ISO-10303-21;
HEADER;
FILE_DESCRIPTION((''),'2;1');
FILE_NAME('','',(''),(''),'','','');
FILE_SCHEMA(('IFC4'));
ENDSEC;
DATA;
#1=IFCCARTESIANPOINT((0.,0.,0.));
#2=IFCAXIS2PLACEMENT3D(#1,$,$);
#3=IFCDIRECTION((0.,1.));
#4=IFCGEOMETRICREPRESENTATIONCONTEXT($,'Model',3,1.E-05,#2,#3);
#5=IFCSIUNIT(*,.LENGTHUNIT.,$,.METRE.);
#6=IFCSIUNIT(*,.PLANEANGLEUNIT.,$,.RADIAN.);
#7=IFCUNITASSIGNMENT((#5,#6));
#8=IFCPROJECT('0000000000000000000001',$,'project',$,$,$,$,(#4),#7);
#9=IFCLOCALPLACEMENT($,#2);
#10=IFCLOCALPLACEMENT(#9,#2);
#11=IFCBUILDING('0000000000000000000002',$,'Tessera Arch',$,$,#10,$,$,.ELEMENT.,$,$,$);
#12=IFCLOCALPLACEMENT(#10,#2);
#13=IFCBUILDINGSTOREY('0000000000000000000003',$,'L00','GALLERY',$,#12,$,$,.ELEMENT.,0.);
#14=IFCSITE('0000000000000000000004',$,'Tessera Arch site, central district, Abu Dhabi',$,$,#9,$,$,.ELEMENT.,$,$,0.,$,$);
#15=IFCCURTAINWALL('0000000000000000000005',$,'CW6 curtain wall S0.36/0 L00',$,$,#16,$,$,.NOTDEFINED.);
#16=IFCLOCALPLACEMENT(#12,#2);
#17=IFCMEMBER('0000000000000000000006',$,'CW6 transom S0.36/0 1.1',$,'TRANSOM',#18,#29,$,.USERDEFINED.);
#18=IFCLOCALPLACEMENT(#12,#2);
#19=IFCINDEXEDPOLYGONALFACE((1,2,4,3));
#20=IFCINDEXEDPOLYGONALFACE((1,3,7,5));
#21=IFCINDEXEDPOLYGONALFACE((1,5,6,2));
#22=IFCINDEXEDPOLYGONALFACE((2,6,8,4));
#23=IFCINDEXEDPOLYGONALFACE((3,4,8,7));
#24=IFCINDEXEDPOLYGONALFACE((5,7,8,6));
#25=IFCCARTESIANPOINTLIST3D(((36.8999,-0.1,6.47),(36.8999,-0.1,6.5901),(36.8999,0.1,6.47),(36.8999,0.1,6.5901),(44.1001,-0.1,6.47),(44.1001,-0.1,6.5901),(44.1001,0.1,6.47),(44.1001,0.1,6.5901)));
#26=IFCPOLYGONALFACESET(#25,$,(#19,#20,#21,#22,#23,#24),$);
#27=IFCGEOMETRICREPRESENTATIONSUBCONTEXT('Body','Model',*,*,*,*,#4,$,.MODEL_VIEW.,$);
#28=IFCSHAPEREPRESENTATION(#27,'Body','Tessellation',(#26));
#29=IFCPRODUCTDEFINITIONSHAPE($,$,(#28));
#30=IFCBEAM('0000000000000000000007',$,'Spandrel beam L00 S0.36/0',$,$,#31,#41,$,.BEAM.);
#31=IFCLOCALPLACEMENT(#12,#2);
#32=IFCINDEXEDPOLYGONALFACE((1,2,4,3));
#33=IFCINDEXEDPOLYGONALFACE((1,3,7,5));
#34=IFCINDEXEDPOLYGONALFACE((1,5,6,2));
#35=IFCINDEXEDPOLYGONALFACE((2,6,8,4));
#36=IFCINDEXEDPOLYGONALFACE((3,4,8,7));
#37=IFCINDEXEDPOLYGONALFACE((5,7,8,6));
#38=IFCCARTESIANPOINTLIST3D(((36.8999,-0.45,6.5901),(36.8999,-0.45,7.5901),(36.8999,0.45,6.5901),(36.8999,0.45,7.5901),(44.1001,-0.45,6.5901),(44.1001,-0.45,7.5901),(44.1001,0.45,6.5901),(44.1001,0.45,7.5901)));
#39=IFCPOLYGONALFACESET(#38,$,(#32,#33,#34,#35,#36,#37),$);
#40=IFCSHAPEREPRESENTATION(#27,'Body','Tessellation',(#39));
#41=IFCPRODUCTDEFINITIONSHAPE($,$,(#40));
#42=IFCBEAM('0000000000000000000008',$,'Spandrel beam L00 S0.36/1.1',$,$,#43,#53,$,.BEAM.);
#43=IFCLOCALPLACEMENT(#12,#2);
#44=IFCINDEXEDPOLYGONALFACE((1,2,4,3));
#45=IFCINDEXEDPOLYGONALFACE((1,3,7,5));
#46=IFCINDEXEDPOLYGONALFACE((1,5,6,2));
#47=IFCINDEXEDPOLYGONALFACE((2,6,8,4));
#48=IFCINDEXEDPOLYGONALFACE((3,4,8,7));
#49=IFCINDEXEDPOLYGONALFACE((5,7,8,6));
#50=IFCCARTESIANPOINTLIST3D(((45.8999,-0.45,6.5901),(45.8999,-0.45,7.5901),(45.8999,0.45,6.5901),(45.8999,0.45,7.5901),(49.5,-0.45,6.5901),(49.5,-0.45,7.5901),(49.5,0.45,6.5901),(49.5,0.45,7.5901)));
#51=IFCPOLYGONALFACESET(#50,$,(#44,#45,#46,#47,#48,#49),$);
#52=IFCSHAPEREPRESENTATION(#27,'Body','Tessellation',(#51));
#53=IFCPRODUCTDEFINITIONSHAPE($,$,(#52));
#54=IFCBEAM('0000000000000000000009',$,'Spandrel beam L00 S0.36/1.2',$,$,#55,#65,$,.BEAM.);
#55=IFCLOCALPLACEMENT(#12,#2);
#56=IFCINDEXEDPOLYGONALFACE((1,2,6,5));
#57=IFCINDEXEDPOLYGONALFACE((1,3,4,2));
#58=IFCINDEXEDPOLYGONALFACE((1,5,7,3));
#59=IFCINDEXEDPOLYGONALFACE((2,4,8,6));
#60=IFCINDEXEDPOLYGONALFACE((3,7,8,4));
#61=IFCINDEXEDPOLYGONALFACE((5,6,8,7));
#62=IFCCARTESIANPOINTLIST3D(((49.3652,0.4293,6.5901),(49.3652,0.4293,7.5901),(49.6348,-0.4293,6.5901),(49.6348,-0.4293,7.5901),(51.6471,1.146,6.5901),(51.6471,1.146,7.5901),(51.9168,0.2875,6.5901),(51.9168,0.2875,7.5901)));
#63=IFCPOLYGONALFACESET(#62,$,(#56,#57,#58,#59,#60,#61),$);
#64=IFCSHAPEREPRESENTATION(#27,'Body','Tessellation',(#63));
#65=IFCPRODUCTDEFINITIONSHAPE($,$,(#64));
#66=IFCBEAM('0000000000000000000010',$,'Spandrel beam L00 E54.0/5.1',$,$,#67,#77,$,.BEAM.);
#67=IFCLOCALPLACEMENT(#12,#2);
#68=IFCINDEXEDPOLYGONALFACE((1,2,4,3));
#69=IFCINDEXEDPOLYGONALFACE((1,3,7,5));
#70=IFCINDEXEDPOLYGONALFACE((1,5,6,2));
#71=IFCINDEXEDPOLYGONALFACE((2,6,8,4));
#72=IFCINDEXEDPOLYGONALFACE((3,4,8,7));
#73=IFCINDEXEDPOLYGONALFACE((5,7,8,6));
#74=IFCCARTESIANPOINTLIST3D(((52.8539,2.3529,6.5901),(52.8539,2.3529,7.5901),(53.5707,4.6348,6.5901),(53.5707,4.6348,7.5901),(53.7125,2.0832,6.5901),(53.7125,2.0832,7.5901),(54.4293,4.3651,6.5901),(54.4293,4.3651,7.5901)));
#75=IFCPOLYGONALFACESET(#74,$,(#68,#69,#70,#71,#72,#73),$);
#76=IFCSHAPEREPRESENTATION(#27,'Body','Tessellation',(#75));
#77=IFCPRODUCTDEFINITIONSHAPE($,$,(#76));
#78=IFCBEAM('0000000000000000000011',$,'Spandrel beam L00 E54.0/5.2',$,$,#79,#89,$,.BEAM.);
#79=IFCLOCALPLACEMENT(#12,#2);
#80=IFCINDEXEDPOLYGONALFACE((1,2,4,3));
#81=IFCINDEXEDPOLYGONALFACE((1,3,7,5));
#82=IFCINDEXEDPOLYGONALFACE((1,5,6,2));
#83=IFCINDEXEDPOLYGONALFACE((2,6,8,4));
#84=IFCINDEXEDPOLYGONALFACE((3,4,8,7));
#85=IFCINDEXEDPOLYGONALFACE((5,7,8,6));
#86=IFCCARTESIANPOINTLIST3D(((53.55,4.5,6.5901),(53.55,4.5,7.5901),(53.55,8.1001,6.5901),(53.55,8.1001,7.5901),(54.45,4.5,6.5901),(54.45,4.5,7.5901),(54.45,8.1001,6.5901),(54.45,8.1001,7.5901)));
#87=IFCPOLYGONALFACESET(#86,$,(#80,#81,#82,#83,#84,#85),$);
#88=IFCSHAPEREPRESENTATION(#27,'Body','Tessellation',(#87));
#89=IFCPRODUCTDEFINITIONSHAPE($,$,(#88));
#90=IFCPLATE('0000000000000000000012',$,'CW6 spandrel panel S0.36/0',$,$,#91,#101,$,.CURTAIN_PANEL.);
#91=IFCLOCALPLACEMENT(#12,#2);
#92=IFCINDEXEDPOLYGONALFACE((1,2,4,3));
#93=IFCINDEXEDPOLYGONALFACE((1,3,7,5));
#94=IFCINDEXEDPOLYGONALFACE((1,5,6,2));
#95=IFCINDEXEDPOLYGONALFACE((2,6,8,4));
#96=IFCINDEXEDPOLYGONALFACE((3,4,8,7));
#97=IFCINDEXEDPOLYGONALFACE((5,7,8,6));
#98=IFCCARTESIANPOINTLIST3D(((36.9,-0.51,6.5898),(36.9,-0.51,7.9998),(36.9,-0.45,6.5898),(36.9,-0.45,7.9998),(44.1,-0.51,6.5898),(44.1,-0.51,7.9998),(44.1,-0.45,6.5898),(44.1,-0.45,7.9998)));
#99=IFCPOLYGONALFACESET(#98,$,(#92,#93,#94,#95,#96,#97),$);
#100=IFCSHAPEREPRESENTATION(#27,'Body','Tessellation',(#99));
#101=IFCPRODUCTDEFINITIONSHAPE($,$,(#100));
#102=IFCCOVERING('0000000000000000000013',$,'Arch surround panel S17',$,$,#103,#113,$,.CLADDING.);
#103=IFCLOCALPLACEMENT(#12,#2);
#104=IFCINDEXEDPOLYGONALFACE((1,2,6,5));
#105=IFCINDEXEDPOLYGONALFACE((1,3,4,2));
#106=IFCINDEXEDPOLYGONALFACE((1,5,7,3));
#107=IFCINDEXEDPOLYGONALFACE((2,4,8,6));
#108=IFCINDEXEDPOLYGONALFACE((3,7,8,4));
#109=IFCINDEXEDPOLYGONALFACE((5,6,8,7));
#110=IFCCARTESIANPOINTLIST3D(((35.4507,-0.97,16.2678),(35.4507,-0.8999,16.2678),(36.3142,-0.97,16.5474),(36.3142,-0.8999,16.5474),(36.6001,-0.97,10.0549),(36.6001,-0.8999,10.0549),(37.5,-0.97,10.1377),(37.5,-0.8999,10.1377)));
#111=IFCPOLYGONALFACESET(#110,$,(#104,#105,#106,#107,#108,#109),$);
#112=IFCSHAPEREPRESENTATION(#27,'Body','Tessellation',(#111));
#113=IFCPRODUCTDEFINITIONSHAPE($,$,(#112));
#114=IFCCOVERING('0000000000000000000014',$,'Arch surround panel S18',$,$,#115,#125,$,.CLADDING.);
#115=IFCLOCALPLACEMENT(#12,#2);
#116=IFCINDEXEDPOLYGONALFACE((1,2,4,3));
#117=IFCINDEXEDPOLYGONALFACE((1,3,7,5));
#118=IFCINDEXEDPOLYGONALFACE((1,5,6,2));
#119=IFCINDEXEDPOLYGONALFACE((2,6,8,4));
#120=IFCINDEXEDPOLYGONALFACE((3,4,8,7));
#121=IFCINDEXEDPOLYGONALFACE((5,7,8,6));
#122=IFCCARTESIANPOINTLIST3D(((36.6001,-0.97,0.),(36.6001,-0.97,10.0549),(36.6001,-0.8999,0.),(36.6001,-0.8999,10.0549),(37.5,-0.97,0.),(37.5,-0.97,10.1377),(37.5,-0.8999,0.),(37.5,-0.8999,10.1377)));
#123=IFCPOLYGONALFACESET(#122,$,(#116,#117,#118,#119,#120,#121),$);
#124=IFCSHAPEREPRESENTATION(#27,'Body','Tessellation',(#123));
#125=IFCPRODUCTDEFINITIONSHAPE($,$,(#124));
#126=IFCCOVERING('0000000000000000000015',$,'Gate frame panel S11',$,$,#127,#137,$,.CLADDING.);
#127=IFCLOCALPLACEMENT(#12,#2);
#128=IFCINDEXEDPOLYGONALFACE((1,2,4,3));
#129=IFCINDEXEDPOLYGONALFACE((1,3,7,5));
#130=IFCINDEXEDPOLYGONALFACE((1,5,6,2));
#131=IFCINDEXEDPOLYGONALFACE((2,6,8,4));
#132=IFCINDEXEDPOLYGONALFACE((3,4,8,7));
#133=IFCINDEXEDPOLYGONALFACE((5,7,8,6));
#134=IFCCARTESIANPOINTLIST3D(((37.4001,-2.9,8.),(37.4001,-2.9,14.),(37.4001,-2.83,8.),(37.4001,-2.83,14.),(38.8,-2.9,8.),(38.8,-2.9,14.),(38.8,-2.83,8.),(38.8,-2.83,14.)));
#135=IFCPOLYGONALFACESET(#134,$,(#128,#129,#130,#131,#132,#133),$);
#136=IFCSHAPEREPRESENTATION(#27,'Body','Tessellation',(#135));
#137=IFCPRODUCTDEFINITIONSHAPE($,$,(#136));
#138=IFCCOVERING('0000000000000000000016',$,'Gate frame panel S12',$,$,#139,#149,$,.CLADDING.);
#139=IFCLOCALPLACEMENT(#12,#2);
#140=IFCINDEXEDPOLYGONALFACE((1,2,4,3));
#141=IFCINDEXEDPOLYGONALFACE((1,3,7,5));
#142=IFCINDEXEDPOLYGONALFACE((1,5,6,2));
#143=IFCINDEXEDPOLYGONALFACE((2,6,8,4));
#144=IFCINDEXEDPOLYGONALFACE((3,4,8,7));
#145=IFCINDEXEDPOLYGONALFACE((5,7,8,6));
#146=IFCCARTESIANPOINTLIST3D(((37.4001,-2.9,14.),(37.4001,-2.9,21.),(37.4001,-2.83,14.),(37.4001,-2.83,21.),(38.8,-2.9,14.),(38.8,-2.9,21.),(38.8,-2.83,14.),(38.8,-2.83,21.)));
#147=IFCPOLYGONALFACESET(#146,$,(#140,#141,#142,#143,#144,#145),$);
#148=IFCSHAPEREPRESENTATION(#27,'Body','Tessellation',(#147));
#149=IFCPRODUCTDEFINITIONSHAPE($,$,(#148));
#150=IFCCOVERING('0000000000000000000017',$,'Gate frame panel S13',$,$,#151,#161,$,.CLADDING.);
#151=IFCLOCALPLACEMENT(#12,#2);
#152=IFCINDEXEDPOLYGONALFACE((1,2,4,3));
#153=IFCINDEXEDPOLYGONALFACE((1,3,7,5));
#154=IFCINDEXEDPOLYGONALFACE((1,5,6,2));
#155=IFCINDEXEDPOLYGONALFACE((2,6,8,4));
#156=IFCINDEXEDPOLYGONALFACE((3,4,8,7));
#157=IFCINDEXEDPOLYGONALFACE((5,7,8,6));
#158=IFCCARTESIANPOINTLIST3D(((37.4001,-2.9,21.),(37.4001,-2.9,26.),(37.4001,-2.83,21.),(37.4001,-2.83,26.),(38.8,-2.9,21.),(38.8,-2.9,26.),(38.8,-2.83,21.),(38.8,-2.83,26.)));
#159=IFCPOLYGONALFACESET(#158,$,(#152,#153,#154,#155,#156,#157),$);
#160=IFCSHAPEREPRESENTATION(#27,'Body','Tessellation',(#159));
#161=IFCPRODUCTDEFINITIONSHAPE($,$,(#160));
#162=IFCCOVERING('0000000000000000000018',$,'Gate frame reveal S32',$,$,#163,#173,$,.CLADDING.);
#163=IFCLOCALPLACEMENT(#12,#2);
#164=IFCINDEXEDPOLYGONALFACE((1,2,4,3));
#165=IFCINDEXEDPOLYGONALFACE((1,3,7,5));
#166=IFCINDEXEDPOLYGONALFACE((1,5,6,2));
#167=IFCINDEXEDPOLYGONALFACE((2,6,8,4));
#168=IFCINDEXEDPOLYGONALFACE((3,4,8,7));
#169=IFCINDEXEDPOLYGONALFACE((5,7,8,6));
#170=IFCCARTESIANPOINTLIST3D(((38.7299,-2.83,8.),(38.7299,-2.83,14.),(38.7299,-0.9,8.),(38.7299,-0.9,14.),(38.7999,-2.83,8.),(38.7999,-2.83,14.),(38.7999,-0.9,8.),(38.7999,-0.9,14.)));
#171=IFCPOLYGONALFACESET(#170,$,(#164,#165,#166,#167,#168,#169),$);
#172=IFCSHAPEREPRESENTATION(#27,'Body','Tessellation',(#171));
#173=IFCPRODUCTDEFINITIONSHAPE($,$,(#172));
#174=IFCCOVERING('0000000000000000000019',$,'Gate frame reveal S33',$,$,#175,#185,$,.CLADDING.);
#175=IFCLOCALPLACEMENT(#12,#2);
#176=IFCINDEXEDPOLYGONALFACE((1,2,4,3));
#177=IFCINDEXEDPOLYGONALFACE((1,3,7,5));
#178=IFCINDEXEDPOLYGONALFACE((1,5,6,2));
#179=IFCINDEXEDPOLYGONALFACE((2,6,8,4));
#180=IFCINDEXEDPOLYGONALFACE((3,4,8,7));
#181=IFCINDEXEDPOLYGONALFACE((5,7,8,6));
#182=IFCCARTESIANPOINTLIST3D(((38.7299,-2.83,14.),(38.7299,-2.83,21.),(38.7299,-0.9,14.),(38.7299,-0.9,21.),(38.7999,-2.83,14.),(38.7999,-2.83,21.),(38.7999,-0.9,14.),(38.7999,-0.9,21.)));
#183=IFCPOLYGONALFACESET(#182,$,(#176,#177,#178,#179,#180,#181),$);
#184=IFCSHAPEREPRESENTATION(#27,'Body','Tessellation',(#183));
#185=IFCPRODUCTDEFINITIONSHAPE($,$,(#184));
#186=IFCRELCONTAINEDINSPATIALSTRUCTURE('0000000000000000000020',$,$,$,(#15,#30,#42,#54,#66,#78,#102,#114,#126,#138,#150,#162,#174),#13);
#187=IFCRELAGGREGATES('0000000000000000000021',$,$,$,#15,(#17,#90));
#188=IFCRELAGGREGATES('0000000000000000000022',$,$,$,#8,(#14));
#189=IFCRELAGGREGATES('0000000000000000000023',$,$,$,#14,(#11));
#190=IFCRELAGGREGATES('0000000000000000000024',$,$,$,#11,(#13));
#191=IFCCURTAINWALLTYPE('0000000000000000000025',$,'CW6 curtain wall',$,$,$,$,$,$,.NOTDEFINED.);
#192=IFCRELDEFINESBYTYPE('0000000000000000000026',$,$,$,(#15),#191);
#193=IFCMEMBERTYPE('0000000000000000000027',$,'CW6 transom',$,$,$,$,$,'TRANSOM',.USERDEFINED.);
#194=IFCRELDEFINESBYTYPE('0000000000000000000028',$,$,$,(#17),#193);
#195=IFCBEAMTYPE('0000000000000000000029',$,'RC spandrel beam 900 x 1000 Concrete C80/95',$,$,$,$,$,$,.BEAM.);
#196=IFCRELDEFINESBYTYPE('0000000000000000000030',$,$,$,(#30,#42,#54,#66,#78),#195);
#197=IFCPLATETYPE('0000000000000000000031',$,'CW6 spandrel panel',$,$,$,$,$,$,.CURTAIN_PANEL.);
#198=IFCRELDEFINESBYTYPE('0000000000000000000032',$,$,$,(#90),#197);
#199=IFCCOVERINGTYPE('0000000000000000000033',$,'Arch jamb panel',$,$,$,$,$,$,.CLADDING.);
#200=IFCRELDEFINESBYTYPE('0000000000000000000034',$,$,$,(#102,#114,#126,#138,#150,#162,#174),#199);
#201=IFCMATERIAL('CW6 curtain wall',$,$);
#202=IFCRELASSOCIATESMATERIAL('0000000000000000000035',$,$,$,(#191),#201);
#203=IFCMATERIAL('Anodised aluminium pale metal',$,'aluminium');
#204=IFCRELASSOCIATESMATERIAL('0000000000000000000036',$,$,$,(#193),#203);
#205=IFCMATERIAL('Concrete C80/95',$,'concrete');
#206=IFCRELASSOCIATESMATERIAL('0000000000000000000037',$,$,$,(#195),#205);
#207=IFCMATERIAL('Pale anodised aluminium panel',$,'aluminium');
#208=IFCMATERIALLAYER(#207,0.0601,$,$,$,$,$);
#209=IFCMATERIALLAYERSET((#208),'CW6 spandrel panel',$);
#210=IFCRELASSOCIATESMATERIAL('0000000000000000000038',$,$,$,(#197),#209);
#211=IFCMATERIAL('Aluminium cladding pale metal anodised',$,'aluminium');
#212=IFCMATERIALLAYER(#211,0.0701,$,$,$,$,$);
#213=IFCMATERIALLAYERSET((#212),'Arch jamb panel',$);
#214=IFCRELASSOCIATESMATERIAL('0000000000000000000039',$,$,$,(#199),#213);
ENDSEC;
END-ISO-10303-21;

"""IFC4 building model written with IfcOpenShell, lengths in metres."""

from ifc_helpers import new_model, si_unit, direction, frame, origin, origin_2d, place, context, subcontext, project, spatial, polyline, rectangle, outline, extrude, material, layer, layer_set, material_profile, profile_set, type_object, element, aggregate, save


model = new_model("IFC4")

# Units and contexts
model_context = context("Model", 3, precision=1e-05, world=origin(), true_north=direction((0.0, 1.0)))
body_context = subcontext(model_context, "Body", "Model", "MODEL_VIEW")
ifc_project = project(units=[si_unit("LENGTHUNIT", "METRE"), si_unit("PLANEANGLEUNIT", "RADIAN")], contexts=[model_context])

# Site, building, storey
site_placement = place(None, origin())
site = spatial("IfcSite", under=ifc_project, at=site_placement, Name="Tessera Arch site, central district, Abu Dhabi", CompositionType="ELEMENT", RefElevation=0.0)
building_placement = place(site_placement, origin())
building = spatial("IfcBuilding", under=site, at=building_placement, Name="Tessera Arch", CompositionType="ELEMENT")
storey_placement = place(building_placement, origin())
storey = spatial("IfcBuildingStorey", under=building, at=storey_placement, Name="L00", Description="GALLERY", CompositionType="ELEMENT", Elevation=0.0)

# Curtain wall, member
ifc_material_1 = material(Name="CW6 curtain wall")
curtain_wall_type = type_object("IfcCurtainWallType", Name="CW6 curtain wall", PredefinedType="NOTDEFINED", material=ifc_material_1)
curtain_wall_placement = place(storey_placement, origin())
curtain_wall = element("IfcCurtainWall", 1, at=curtain_wall_placement, inside=storey, type_object=curtain_wall_type, Name="CW6 curtain wall S0.36/0 L00", PredefinedType="NOTDEFINED")
ifc_material_2 = material(Name="Anodised aluminium pale metal", Category="aluminium")
ifc_material_profile_1 = material_profile(ifc_material_2, rectangle(XDim=0.2, YDim=0.1201, at=origin_2d()), Name="AL 200x120")
ifc_profile_set_1 = profile_set([ifc_material_profile_1], Name="Anodised aluminium pale metal")
member_type = type_object("IfcMemberType", Name="CW6 transom", ElementType="TRANSOM", PredefinedType="USERDEFINED", material=ifc_profile_set_1)
member_placement = place(storey_placement, frame((36.8999, 0.0, 6.53), z_axis=(1.0, 0.0, 0.0), x_axis=(0.0, 1.0, 0.0)))
member = element("IfcMember", 2, at=member_placement, type_object=member_type, Name="CW6 transom S0.36/0 1.1", ObjectType="TRANSOM", PredefinedType="USERDEFINED", context=body_context, shape_type="SweptSolid", body=[
    extrude(rectangle(XDim=0.2, YDim=0.1201, at=origin_2d()), origin(), (0.0, 0.0, 1.0), 7.2002),
])

# Beams
ifc_material_3 = material(Name="Concrete C80/95", Category="concrete")
ifc_material_profile_2 = material_profile(ifc_material_3, rectangle(XDim=0.8999, YDim=1.0, at=origin_2d()), Name="RC spandrel beam 900 x 1000 Concrete C80/95")
ifc_profile_set_2 = profile_set([ifc_material_profile_2], Name="Concrete C80/95")
beam_type = type_object("IfcBeamType", Name="RC spandrel beam 900 x 1000 Concrete C80/95", PredefinedType="BEAM", material=ifc_profile_set_2)
beam_1_placement = place(storey_placement, frame((36.8999, 0.0, 7.0901), z_axis=(1.0, 0.0, 0.0), x_axis=(0.0, 1.0, 0.0)))
element("IfcBeam", 3, at=beam_1_placement, inside=storey, type_object=beam_type, Name="Spandrel beam L00 S0.36/0", PredefinedType="BEAM", context=body_context, shape_type="SweptSolid", body=[
    extrude(rectangle(XDim=0.8999, YDim=1.0, at=origin_2d()), origin(), (0.0, 0.0, 1.0), 7.2002),
])
beam_2_placement = place(storey_placement, frame((45.8999, 0.0, 7.0901), z_axis=(1.0, 0.0, 0.0), x_axis=(0.0, 1.0, 0.0)))
element("IfcBeam", 4, at=beam_2_placement, inside=storey, type_object=beam_type, Name="Spandrel beam L00 S0.36/1.1", PredefinedType="BEAM", context=body_context, shape_type="SweptSolid", body=[
    extrude(rectangle(XDim=0.8999, YDim=1.0, at=origin_2d()), origin(), (0.0, 0.0, 1.0), 3.6001),
])
for number, where, z_axis, x_axis, name in (
    (5, (49.5, 0.0, 7.0901), (0.954041, 0.299675, 0.0), (-0.299675, 0.954041, 0.0), "Spandrel beam L00 S0.36/1.2"),
    (6, (53.2832, 2.218, 7.0901), (0.299675, 0.954041, 0.0), (-0.954041, 0.299675, 0.0), "Spandrel beam L00 E54.0/5.1"),
):
    element("IfcBeam", number, at=place(storey_placement, frame(where, z_axis=z_axis, x_axis=x_axis)), inside=storey, type_object=beam_type, Name=name, PredefinedType="BEAM", context=body_context, shape_type="SweptSolid", body=[
        extrude(rectangle(XDim=0.8999, YDim=1.0, at=origin_2d()), origin(), (0.0, 0.0, 1.0), 2.3918),
    ])
beam_3_placement = place(storey_placement, frame((54.0, 4.5, 7.0901), z_axis=(0.0, 1.0, 0.0), x_axis=(-1.0, 0.0, 0.0)))
element("IfcBeam", 7, at=beam_3_placement, inside=storey, type_object=beam_type, Name="Spandrel beam L00 E54.0/5.2", PredefinedType="BEAM", context=body_context, shape_type="SweptSolid", body=[
    extrude(rectangle(XDim=0.8999, YDim=1.0, at=origin_2d()), origin(), (0.0, 0.0, 1.0), 3.6001),
])

# Plate
ifc_material_4 = material(Name="Pale anodised aluminium panel", Category="aluminium")
ifc_layer_1 = layer(ifc_material_4, 0.0601)
ifc_layer_set_1 = layer_set([ifc_layer_1], Name="CW6 spandrel panel")
plate_type = type_object("IfcPlateType", Name="CW6 spandrel panel", PredefinedType="CURTAIN_PANEL", material=ifc_layer_set_1)
plate_placement = place(storey_placement, frame((40.5, -0.48, 6.5898), z_axis=(0.0, 0.0, 1.0), x_axis=(1.0, 0.0, 0.0)))
plate = element("IfcPlate", 8, at=plate_placement, type_object=plate_type, Name="CW6 spandrel panel S0.36/0", PredefinedType="CURTAIN_PANEL", context=body_context, shape_type="SweptSolid", body=[
    extrude(rectangle(XDim=7.2, YDim=0.0601, at=origin_2d()), origin(), (0.0, 0.0, 1.0), 1.4099),
])
aggregate(curtain_wall, [member, plate])

# Coverings
ifc_material_5 = material(Name="Aluminium cladding pale metal anodised", Category="aluminium")
ifc_layer_2 = layer(ifc_material_5, 0.0701)
ifc_layer_set_2 = layer_set([ifc_layer_2], Name="Arch jamb panel")
covering_type = type_object("IfcCoveringType", Name="Arch jamb panel", PredefinedType="CLADDING", material=ifc_layer_set_2)
covering_1_placement = place(storey_placement, frame((36.3142, -0.8999, 16.5474), z_axis=(0.0, 1.0, 0.0), x_axis=(0.181914, 0.0, -0.983315)))
element("IfcCovering", 9, at=covering_1_placement, inside=storey, type_object=covering_type, Name="Arch surround panel S17", PredefinedType="CLADDING", context=body_context, shape_type="SweptSolid", body=[
    extrude(outline(polyline([(0.0, 0.0), (6.5184, 0.0), (6.4361, 0.8999), (0.1178, 0.9), (0.0, 0.0)])), origin(), (0.0, 0.0, -1.0), 0.0701),
])
covering_2_placement = place(storey_placement, frame((37.5, -0.8999, 10.1377), z_axis=(0.0, 1.0, 0.0), x_axis=(0.0, 0.0, -1.0)))
element("IfcCovering", 10, at=covering_2_placement, inside=storey, type_object=covering_type, Name="Arch surround panel S18", PredefinedType="CLADDING", context=body_context, shape_type="SweptSolid", body=[
    extrude(outline(polyline([(0.0, 0.0), (10.1377, 0.0), (10.1377, 0.8999), (0.0828, 0.8999), (0.0, 0.0)])), origin(), (0.0, 0.0, -1.0), 0.0701),
])
covering_3_placement = place(storey_placement, frame((38.1001, -2.865, 8.0), z_axis=(0.0, 0.0, 1.0), x_axis=(1.0, 0.0, 0.0)))
element("IfcCovering", 11, at=covering_3_placement, inside=storey, type_object=covering_type, Name="Gate frame panel S11", PredefinedType="CLADDING", context=body_context, shape_type="SweptSolid", body=[
    extrude(rectangle(XDim=1.3999, YDim=0.0701, at=origin_2d()), origin(), (0.0, 0.0, 1.0), 6.0),
])
covering_4_placement = place(storey_placement, frame((38.1001, -2.865, 14.0), z_axis=(0.0, 0.0, 1.0), x_axis=(1.0, 0.0, 0.0)))
element("IfcCovering", 12, at=covering_4_placement, inside=storey, type_object=covering_type, Name="Gate frame panel S12", PredefinedType="CLADDING", context=body_context, shape_type="SweptSolid", body=[
    extrude(rectangle(XDim=1.3999, YDim=0.0701, at=origin_2d()), origin(), (0.0, 0.0, 1.0), 7.0),
])
covering_5_placement = place(storey_placement, frame((38.1001, -2.865, 21.0), z_axis=(0.0, 0.0, 1.0), x_axis=(1.0, 0.0, 0.0)))
element("IfcCovering", 13, at=covering_5_placement, inside=storey, type_object=covering_type, Name="Gate frame panel S13", PredefinedType="CLADDING", context=body_context, shape_type="SweptSolid", body=[
    extrude(rectangle(XDim=1.3999, YDim=0.0701, at=origin_2d()), origin(), (0.0, 0.0, 1.0), 5.0),
])
covering_6_placement = place(storey_placement, frame((38.7649, -1.865, 8.0), z_axis=(0.0, 0.0, 1.0), x_axis=(1.0, 0.0, 0.0)))
element("IfcCovering", 14, at=covering_6_placement, inside=storey, type_object=covering_type, Name="Gate frame reveal S32", PredefinedType="CLADDING", context=body_context, shape_type="SweptSolid", body=[
    extrude(rectangle(XDim=0.0701, YDim=1.9299, at=origin_2d()), origin(), (0.0, 0.0, 1.0), 6.0),
])
covering_7_placement = place(storey_placement, frame((38.7649, -1.865, 14.0), z_axis=(0.0, 0.0, 1.0), x_axis=(1.0, 0.0, 0.0)))
element("IfcCovering", 15, at=covering_7_placement, inside=storey, type_object=covering_type, Name="Gate frame reveal S33", PredefinedType="CLADDING", context=body_context, shape_type="SweptSolid", body=[
    extrude(rectangle(XDim=0.0701, YDim=1.9299, at=origin_2d()), origin(), (0.0, 0.0, 1.0), 7.0),
])

save(model, "model.ifc")
